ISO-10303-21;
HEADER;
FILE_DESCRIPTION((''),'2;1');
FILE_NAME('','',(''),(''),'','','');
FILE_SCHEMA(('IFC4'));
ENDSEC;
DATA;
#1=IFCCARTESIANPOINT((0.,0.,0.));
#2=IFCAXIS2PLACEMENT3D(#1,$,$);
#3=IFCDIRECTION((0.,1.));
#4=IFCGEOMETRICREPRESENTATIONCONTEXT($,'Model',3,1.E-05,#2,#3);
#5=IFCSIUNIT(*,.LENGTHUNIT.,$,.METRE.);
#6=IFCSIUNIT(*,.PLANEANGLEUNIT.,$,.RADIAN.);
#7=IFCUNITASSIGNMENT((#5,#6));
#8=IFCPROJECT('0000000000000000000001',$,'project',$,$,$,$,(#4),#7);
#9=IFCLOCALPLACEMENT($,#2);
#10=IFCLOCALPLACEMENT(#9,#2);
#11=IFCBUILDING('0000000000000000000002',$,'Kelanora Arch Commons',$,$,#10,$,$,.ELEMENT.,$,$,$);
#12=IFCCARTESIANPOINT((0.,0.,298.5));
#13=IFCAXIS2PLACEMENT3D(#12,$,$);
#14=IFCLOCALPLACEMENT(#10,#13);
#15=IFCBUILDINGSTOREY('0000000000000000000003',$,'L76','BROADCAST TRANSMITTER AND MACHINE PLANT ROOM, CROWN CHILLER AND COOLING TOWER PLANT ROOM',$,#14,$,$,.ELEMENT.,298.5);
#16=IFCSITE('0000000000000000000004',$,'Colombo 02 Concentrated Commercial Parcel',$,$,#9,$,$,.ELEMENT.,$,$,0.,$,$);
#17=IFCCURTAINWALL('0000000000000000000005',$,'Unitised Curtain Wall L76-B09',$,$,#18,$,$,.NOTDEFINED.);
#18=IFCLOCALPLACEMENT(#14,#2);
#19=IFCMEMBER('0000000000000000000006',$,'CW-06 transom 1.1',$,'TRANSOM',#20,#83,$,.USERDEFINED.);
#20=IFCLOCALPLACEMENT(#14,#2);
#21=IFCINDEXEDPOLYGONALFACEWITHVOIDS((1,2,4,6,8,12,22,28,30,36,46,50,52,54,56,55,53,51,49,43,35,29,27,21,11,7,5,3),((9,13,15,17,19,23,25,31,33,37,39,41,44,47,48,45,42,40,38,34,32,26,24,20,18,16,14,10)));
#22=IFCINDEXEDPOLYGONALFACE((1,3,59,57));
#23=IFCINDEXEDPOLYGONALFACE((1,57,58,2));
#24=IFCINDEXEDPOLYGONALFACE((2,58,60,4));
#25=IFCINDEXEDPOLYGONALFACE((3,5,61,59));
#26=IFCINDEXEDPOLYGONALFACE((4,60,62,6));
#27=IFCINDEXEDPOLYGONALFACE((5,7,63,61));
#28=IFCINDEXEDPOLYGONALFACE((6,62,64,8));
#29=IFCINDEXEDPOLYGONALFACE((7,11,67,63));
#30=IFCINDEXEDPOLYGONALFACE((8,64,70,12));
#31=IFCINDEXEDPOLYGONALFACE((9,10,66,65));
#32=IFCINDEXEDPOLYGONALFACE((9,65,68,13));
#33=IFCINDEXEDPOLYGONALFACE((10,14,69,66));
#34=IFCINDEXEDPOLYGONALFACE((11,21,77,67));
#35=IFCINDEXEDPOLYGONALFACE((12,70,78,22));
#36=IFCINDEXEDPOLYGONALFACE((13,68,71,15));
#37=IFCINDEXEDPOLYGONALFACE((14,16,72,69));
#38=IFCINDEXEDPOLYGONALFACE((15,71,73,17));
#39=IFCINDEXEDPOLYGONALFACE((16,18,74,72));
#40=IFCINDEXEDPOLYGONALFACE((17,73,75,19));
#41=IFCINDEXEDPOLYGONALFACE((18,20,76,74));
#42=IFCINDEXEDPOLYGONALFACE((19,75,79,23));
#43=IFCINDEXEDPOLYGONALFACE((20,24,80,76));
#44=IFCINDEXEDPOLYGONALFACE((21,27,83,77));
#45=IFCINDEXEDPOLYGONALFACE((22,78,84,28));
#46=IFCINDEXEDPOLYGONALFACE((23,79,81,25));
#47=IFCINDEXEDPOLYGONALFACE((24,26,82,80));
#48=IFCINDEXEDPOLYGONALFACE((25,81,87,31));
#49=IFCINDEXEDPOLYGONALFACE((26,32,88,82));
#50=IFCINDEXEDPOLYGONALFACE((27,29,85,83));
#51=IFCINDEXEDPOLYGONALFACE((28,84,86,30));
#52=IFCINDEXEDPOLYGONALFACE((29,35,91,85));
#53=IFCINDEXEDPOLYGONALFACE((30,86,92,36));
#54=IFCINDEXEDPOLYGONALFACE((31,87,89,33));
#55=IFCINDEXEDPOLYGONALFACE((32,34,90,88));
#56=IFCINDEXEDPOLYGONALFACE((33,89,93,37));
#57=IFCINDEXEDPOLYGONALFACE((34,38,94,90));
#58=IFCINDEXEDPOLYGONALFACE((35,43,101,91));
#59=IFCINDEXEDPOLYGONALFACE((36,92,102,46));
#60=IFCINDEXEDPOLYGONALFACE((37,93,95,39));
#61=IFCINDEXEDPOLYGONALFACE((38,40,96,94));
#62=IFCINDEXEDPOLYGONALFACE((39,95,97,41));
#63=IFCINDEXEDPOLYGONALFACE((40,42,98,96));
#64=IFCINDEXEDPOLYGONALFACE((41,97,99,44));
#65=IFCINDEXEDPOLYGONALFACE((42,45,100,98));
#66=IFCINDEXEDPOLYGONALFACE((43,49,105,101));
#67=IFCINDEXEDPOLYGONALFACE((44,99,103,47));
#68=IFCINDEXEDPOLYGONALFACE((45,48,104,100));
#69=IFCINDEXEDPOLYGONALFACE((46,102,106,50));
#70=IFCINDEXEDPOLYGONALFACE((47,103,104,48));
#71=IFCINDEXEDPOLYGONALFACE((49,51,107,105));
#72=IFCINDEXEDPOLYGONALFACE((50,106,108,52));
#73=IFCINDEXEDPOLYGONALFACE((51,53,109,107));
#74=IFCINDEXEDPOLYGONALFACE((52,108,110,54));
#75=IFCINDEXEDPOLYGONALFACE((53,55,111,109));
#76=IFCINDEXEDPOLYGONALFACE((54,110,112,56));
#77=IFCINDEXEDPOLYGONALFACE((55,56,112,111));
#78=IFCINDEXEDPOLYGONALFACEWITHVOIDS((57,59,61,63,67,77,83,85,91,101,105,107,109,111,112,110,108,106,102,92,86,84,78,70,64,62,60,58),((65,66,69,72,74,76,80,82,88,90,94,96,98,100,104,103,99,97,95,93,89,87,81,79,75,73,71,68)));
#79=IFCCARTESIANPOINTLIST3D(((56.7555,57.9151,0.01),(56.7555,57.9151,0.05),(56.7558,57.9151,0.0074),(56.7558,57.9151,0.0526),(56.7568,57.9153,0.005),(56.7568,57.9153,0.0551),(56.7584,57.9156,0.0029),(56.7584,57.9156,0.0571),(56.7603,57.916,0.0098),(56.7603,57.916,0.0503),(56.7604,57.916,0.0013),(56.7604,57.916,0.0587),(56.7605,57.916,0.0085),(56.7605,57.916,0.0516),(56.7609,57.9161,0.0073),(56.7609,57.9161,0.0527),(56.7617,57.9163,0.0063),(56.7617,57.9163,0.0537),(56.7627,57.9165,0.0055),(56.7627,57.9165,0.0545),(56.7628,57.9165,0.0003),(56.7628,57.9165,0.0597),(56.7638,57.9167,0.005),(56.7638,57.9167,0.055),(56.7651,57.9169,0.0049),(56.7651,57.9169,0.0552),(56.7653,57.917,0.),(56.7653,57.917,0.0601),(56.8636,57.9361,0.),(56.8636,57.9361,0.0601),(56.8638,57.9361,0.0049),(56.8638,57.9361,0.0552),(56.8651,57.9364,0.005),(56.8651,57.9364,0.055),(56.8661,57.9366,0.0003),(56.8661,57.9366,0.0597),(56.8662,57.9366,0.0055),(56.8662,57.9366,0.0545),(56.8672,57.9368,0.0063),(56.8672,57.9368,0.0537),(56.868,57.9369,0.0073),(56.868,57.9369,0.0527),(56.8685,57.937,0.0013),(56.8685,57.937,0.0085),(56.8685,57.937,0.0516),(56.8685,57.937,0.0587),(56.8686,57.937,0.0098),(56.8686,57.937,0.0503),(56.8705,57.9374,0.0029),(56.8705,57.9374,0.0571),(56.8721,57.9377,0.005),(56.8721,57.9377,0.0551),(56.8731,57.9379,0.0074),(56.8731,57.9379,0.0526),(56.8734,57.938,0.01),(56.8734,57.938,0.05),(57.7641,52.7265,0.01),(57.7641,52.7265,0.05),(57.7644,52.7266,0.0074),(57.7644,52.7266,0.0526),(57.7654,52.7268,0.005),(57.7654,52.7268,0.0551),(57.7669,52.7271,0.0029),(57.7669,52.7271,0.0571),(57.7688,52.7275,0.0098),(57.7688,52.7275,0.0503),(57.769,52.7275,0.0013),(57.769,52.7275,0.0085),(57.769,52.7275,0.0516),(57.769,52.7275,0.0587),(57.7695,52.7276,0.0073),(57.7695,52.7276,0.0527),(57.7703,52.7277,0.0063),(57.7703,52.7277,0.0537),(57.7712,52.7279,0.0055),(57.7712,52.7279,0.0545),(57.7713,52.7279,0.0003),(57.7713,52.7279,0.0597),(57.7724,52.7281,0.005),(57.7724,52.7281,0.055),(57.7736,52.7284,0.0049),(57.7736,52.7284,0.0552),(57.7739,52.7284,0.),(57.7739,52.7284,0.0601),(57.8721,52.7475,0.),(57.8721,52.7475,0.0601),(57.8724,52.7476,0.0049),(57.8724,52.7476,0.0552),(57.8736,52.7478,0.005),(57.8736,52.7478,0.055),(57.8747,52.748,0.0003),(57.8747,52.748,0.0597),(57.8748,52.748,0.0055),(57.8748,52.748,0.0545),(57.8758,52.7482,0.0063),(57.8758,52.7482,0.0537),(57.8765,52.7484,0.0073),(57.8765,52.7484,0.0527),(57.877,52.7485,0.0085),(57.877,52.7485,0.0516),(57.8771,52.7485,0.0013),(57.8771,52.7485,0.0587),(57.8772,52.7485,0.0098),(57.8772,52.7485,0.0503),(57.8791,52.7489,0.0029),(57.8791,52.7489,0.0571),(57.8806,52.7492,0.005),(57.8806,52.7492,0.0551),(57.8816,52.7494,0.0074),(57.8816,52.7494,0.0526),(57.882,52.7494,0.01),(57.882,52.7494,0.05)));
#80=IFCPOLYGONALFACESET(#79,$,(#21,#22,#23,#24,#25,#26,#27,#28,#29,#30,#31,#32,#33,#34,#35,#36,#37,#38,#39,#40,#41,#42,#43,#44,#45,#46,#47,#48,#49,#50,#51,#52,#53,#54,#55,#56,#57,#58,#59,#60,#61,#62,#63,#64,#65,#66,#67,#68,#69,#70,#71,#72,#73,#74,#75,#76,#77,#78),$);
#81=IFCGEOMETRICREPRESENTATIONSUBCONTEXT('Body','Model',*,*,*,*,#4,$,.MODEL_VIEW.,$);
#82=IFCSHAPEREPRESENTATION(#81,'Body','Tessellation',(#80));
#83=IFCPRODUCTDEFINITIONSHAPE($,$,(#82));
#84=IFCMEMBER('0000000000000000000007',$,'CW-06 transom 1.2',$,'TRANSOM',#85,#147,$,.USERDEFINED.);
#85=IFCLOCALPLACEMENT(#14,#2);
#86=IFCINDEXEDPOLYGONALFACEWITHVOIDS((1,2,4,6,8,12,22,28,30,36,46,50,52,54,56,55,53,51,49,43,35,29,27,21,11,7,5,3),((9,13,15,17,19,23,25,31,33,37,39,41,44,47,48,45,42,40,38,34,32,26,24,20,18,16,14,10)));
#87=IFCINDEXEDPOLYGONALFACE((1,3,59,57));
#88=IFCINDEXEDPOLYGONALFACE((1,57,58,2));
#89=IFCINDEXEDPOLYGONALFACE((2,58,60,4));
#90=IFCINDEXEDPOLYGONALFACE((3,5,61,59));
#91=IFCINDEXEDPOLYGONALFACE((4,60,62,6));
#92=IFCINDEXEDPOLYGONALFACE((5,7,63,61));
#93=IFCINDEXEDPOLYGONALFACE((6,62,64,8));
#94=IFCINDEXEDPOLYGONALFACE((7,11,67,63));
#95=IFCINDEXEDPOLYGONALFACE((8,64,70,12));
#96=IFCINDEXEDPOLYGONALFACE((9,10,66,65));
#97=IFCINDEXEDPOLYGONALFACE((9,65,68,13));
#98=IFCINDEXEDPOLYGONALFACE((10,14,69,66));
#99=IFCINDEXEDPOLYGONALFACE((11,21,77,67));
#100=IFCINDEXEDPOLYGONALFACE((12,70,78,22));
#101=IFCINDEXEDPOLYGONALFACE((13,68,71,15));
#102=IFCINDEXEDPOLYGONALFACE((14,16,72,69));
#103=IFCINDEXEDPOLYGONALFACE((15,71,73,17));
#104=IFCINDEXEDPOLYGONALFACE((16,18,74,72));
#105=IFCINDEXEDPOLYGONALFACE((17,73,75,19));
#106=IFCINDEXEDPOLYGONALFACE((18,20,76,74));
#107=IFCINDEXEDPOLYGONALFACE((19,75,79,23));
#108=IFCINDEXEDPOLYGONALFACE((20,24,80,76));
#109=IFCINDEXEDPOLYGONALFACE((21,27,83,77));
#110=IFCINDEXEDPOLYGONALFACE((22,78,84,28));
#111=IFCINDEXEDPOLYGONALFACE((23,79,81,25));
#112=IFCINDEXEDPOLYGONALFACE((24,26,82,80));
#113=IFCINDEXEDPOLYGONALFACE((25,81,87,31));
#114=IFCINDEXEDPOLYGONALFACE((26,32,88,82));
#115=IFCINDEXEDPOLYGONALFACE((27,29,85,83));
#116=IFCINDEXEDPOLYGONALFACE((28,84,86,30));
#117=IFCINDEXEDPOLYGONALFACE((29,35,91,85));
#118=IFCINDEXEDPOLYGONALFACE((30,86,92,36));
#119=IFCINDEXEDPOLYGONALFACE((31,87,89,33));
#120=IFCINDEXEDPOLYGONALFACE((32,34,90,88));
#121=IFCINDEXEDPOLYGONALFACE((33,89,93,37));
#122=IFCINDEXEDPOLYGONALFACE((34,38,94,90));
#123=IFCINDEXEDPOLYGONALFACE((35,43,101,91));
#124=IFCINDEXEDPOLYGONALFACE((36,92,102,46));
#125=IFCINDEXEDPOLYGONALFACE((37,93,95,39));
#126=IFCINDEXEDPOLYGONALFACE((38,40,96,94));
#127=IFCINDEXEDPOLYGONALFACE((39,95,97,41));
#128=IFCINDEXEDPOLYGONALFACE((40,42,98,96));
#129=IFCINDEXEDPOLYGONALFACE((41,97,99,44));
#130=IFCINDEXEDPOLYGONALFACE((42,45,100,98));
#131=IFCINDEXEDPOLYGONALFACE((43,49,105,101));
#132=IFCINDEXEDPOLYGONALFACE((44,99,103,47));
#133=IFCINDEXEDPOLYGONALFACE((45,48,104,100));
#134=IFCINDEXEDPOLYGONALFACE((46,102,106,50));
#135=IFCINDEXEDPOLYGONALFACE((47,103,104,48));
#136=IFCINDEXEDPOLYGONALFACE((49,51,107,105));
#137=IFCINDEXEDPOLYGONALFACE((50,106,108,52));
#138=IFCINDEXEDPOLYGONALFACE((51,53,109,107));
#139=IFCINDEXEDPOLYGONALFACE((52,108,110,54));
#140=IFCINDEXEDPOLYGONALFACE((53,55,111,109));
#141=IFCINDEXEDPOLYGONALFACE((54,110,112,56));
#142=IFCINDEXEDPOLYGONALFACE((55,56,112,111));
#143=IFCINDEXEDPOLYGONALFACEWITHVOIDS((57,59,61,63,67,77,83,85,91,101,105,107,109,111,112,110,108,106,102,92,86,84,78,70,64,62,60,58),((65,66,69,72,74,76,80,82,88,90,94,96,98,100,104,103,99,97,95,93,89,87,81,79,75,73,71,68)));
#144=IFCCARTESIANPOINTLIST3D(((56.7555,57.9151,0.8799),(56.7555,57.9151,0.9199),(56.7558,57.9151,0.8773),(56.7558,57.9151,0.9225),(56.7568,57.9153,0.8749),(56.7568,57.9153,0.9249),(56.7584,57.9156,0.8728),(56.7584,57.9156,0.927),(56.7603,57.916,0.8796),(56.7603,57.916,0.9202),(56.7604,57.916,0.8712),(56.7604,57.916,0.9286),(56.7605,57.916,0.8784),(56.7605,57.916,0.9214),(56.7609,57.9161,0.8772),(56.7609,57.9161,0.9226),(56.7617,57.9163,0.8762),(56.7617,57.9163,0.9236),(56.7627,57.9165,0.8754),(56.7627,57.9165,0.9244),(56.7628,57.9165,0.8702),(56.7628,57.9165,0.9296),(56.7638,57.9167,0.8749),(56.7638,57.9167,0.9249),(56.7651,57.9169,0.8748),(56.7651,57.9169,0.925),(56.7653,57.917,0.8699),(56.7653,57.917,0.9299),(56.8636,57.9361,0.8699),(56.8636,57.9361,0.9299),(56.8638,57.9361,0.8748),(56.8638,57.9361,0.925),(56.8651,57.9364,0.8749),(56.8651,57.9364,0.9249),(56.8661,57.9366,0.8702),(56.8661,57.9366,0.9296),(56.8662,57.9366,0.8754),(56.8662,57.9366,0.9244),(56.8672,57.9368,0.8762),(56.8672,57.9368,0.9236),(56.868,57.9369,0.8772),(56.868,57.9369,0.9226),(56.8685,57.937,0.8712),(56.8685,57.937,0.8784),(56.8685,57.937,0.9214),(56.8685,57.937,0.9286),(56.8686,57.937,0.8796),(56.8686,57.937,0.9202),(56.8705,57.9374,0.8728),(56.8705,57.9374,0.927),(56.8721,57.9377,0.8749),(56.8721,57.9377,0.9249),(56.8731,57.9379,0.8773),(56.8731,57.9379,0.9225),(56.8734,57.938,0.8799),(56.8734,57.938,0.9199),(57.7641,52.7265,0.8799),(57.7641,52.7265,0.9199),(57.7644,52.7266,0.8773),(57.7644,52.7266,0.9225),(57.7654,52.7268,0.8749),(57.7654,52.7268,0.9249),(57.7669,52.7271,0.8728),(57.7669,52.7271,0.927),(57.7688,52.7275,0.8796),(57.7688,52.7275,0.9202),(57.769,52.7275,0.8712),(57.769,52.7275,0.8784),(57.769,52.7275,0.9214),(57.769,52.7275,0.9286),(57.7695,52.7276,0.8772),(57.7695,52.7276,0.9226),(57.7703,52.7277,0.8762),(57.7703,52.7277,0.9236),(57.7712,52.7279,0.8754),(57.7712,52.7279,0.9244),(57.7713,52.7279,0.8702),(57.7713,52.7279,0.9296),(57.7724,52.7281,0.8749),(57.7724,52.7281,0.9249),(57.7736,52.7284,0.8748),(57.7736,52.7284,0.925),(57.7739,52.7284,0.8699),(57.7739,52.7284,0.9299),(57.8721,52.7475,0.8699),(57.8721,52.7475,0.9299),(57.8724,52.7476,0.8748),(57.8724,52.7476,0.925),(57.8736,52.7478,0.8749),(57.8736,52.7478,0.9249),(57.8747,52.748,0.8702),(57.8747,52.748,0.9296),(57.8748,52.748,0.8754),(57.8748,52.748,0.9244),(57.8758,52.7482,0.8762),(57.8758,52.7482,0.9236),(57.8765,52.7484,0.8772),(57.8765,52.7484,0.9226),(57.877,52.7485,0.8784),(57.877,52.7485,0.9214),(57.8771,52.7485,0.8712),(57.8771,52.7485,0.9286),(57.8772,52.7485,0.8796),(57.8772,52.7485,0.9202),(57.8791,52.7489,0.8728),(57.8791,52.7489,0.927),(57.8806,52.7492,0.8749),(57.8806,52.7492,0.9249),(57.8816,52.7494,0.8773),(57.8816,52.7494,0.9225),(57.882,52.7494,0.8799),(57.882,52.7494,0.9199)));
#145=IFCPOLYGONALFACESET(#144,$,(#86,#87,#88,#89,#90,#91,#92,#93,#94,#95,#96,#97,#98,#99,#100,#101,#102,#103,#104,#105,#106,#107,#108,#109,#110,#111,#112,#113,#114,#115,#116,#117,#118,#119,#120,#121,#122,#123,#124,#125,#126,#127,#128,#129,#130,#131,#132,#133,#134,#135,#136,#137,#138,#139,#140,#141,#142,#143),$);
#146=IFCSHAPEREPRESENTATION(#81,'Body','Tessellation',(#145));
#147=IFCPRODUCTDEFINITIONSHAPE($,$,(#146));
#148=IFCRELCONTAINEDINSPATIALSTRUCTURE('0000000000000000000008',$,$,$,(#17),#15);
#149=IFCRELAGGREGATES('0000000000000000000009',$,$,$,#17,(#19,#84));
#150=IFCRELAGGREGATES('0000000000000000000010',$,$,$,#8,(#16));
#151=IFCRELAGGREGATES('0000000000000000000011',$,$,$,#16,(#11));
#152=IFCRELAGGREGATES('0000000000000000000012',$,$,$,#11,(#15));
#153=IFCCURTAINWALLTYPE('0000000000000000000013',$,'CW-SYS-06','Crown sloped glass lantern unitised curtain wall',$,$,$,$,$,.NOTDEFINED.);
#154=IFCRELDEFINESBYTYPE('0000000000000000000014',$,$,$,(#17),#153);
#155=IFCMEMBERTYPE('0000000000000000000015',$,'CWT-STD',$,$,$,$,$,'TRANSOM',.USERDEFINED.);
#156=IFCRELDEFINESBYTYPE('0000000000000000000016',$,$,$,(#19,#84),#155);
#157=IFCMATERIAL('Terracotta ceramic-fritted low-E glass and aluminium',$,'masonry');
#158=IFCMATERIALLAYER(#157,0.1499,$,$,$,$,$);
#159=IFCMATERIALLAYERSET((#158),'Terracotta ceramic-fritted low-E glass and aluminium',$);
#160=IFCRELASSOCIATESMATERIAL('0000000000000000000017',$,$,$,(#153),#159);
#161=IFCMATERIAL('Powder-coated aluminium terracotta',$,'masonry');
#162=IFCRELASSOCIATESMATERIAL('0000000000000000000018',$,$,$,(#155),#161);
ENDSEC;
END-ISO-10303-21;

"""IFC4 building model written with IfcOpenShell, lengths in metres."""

from ifc_helpers import new_model, si_unit, direction, frame, origin, origin_2d, place, context, subcontext, project, spatial, hollow_rectangle, extrude, material, layer, layer_set, material_profile, profile_set, type_object, element, aggregate, save


model = new_model("IFC4")

# Units and contexts
model_context = context("Model", 3, precision=1e-05, world=origin(), true_north=direction((0.0, 1.0)))
body_context = subcontext(model_context, "Body", "Model", "MODEL_VIEW")
ifc_project = project(units=[si_unit("LENGTHUNIT", "METRE"), si_unit("PLANEANGLEUNIT", "RADIAN")], contexts=[model_context])

# Site, building, storey
site_placement = place(None, origin())
site = spatial("IfcSite", under=ifc_project, at=site_placement, Name="Colombo 02 Concentrated Commercial Parcel", CompositionType="ELEMENT", RefElevation=0.0)
building_placement = place(site_placement, origin())
building = spatial("IfcBuilding", under=site, at=building_placement, Name="Kelanora Arch Commons", CompositionType="ELEMENT")
storey_placement = place(building_placement, frame((0.0, 0.0, 298.5)))
storey = spatial("IfcBuildingStorey", under=building, at=storey_placement, Name="L76", Description="BROADCAST TRANSMITTER AND MACHINE PLANT ROOM, CROWN CHILLER AND COOLING TOWER PLANT ROOM", CompositionType="ELEMENT", Elevation=298.5)

# Curtain wall
ifc_material_1 = material(Name="Terracotta ceramic-fritted low-E glass and aluminium", Category="masonry")
ifc_layer_1 = layer(ifc_material_1, 0.1499)
ifc_layer_set_1 = layer_set([ifc_layer_1], Name="Terracotta ceramic-fritted low-E glass and aluminium")
curtain_wall_type = type_object("IfcCurtainWallType", Name="CW-SYS-06", Description="Crown sloped glass lantern unitised curtain wall", PredefinedType="NOTDEFINED", material=ifc_layer_set_1)
curtain_wall_1_placement = place(storey_placement, origin())
curtain_wall_1 = element("IfcCurtainWall", 1, at=curtain_wall_1_placement, inside=storey, type_object=curtain_wall_type, Name="Unitised Curtain Wall L76-B09", PredefinedType="NOTDEFINED")
ifc_material_2 = material(Name="Powder-coated aluminium terracotta", Category="masonry")

# Members
ifc_material_profile_1 = material_profile(ifc_material_2, hollow_rectangle(XDim=0.1201, YDim=0.0601, WallThickness=0.0049, InnerFilletRadius=0.0049, OuterFilletRadius=0.01, at=origin_2d()), Name="CWT120x60")
ifc_profile_set_1 = profile_set([ifc_material_profile_1], Name="Powder-coated aluminium terracotta")
member_type_1 = type_object("IfcMemberType", Name="CWT-STD", ElementType="TRANSOM", PredefinedType="USERDEFINED", material=ifc_profile_set_1)
member_1_placement = place(storey_placement, frame((56.8145, 57.9265, 0.03), z_axis=(0.19081, -0.981627, 0.0), x_axis=(0.981627, 0.19081, 0.0)))
member_1 = element("IfcMember", 2, at=member_1_placement, type_object=member_type_1, Name="CW-06 transom 1.1", ObjectType="TRANSOM", PredefinedType="USERDEFINED", context=body_context, shape_type="SweptSolid", body=[
    extrude(hollow_rectangle(XDim=0.1201, YDim=0.0601, WallThickness=0.0049, InnerFilletRadius=0.0049, OuterFilletRadius=0.01, at=origin_2d()), origin(), (0.0, 0.0, 1.0), 5.2856),
])
member_2_placement = place(storey_placement, frame((56.8145, 57.9265, 0.8999), z_axis=(0.19081, -0.981627, 0.0), x_axis=(0.981627, 0.19081, 0.0)))
member_2 = element("IfcMember", 3, at=member_2_placement, type_object=member_type_1, Name="CW-06 transom 1.2", ObjectType="TRANSOM", PredefinedType="USERDEFINED", context=body_context, shape_type="SweptSolid", body=[
    extrude(hollow_rectangle(XDim=0.1201, YDim=0.0601, WallThickness=0.0049, InnerFilletRadius=0.0049, OuterFilletRadius=0.01, at=origin_2d()), origin(), (0.0, 0.0, 1.0), 5.2856),
])

aggregate(curtain_wall_1, [member_1, member_2])

save(model, "model.ifc")
